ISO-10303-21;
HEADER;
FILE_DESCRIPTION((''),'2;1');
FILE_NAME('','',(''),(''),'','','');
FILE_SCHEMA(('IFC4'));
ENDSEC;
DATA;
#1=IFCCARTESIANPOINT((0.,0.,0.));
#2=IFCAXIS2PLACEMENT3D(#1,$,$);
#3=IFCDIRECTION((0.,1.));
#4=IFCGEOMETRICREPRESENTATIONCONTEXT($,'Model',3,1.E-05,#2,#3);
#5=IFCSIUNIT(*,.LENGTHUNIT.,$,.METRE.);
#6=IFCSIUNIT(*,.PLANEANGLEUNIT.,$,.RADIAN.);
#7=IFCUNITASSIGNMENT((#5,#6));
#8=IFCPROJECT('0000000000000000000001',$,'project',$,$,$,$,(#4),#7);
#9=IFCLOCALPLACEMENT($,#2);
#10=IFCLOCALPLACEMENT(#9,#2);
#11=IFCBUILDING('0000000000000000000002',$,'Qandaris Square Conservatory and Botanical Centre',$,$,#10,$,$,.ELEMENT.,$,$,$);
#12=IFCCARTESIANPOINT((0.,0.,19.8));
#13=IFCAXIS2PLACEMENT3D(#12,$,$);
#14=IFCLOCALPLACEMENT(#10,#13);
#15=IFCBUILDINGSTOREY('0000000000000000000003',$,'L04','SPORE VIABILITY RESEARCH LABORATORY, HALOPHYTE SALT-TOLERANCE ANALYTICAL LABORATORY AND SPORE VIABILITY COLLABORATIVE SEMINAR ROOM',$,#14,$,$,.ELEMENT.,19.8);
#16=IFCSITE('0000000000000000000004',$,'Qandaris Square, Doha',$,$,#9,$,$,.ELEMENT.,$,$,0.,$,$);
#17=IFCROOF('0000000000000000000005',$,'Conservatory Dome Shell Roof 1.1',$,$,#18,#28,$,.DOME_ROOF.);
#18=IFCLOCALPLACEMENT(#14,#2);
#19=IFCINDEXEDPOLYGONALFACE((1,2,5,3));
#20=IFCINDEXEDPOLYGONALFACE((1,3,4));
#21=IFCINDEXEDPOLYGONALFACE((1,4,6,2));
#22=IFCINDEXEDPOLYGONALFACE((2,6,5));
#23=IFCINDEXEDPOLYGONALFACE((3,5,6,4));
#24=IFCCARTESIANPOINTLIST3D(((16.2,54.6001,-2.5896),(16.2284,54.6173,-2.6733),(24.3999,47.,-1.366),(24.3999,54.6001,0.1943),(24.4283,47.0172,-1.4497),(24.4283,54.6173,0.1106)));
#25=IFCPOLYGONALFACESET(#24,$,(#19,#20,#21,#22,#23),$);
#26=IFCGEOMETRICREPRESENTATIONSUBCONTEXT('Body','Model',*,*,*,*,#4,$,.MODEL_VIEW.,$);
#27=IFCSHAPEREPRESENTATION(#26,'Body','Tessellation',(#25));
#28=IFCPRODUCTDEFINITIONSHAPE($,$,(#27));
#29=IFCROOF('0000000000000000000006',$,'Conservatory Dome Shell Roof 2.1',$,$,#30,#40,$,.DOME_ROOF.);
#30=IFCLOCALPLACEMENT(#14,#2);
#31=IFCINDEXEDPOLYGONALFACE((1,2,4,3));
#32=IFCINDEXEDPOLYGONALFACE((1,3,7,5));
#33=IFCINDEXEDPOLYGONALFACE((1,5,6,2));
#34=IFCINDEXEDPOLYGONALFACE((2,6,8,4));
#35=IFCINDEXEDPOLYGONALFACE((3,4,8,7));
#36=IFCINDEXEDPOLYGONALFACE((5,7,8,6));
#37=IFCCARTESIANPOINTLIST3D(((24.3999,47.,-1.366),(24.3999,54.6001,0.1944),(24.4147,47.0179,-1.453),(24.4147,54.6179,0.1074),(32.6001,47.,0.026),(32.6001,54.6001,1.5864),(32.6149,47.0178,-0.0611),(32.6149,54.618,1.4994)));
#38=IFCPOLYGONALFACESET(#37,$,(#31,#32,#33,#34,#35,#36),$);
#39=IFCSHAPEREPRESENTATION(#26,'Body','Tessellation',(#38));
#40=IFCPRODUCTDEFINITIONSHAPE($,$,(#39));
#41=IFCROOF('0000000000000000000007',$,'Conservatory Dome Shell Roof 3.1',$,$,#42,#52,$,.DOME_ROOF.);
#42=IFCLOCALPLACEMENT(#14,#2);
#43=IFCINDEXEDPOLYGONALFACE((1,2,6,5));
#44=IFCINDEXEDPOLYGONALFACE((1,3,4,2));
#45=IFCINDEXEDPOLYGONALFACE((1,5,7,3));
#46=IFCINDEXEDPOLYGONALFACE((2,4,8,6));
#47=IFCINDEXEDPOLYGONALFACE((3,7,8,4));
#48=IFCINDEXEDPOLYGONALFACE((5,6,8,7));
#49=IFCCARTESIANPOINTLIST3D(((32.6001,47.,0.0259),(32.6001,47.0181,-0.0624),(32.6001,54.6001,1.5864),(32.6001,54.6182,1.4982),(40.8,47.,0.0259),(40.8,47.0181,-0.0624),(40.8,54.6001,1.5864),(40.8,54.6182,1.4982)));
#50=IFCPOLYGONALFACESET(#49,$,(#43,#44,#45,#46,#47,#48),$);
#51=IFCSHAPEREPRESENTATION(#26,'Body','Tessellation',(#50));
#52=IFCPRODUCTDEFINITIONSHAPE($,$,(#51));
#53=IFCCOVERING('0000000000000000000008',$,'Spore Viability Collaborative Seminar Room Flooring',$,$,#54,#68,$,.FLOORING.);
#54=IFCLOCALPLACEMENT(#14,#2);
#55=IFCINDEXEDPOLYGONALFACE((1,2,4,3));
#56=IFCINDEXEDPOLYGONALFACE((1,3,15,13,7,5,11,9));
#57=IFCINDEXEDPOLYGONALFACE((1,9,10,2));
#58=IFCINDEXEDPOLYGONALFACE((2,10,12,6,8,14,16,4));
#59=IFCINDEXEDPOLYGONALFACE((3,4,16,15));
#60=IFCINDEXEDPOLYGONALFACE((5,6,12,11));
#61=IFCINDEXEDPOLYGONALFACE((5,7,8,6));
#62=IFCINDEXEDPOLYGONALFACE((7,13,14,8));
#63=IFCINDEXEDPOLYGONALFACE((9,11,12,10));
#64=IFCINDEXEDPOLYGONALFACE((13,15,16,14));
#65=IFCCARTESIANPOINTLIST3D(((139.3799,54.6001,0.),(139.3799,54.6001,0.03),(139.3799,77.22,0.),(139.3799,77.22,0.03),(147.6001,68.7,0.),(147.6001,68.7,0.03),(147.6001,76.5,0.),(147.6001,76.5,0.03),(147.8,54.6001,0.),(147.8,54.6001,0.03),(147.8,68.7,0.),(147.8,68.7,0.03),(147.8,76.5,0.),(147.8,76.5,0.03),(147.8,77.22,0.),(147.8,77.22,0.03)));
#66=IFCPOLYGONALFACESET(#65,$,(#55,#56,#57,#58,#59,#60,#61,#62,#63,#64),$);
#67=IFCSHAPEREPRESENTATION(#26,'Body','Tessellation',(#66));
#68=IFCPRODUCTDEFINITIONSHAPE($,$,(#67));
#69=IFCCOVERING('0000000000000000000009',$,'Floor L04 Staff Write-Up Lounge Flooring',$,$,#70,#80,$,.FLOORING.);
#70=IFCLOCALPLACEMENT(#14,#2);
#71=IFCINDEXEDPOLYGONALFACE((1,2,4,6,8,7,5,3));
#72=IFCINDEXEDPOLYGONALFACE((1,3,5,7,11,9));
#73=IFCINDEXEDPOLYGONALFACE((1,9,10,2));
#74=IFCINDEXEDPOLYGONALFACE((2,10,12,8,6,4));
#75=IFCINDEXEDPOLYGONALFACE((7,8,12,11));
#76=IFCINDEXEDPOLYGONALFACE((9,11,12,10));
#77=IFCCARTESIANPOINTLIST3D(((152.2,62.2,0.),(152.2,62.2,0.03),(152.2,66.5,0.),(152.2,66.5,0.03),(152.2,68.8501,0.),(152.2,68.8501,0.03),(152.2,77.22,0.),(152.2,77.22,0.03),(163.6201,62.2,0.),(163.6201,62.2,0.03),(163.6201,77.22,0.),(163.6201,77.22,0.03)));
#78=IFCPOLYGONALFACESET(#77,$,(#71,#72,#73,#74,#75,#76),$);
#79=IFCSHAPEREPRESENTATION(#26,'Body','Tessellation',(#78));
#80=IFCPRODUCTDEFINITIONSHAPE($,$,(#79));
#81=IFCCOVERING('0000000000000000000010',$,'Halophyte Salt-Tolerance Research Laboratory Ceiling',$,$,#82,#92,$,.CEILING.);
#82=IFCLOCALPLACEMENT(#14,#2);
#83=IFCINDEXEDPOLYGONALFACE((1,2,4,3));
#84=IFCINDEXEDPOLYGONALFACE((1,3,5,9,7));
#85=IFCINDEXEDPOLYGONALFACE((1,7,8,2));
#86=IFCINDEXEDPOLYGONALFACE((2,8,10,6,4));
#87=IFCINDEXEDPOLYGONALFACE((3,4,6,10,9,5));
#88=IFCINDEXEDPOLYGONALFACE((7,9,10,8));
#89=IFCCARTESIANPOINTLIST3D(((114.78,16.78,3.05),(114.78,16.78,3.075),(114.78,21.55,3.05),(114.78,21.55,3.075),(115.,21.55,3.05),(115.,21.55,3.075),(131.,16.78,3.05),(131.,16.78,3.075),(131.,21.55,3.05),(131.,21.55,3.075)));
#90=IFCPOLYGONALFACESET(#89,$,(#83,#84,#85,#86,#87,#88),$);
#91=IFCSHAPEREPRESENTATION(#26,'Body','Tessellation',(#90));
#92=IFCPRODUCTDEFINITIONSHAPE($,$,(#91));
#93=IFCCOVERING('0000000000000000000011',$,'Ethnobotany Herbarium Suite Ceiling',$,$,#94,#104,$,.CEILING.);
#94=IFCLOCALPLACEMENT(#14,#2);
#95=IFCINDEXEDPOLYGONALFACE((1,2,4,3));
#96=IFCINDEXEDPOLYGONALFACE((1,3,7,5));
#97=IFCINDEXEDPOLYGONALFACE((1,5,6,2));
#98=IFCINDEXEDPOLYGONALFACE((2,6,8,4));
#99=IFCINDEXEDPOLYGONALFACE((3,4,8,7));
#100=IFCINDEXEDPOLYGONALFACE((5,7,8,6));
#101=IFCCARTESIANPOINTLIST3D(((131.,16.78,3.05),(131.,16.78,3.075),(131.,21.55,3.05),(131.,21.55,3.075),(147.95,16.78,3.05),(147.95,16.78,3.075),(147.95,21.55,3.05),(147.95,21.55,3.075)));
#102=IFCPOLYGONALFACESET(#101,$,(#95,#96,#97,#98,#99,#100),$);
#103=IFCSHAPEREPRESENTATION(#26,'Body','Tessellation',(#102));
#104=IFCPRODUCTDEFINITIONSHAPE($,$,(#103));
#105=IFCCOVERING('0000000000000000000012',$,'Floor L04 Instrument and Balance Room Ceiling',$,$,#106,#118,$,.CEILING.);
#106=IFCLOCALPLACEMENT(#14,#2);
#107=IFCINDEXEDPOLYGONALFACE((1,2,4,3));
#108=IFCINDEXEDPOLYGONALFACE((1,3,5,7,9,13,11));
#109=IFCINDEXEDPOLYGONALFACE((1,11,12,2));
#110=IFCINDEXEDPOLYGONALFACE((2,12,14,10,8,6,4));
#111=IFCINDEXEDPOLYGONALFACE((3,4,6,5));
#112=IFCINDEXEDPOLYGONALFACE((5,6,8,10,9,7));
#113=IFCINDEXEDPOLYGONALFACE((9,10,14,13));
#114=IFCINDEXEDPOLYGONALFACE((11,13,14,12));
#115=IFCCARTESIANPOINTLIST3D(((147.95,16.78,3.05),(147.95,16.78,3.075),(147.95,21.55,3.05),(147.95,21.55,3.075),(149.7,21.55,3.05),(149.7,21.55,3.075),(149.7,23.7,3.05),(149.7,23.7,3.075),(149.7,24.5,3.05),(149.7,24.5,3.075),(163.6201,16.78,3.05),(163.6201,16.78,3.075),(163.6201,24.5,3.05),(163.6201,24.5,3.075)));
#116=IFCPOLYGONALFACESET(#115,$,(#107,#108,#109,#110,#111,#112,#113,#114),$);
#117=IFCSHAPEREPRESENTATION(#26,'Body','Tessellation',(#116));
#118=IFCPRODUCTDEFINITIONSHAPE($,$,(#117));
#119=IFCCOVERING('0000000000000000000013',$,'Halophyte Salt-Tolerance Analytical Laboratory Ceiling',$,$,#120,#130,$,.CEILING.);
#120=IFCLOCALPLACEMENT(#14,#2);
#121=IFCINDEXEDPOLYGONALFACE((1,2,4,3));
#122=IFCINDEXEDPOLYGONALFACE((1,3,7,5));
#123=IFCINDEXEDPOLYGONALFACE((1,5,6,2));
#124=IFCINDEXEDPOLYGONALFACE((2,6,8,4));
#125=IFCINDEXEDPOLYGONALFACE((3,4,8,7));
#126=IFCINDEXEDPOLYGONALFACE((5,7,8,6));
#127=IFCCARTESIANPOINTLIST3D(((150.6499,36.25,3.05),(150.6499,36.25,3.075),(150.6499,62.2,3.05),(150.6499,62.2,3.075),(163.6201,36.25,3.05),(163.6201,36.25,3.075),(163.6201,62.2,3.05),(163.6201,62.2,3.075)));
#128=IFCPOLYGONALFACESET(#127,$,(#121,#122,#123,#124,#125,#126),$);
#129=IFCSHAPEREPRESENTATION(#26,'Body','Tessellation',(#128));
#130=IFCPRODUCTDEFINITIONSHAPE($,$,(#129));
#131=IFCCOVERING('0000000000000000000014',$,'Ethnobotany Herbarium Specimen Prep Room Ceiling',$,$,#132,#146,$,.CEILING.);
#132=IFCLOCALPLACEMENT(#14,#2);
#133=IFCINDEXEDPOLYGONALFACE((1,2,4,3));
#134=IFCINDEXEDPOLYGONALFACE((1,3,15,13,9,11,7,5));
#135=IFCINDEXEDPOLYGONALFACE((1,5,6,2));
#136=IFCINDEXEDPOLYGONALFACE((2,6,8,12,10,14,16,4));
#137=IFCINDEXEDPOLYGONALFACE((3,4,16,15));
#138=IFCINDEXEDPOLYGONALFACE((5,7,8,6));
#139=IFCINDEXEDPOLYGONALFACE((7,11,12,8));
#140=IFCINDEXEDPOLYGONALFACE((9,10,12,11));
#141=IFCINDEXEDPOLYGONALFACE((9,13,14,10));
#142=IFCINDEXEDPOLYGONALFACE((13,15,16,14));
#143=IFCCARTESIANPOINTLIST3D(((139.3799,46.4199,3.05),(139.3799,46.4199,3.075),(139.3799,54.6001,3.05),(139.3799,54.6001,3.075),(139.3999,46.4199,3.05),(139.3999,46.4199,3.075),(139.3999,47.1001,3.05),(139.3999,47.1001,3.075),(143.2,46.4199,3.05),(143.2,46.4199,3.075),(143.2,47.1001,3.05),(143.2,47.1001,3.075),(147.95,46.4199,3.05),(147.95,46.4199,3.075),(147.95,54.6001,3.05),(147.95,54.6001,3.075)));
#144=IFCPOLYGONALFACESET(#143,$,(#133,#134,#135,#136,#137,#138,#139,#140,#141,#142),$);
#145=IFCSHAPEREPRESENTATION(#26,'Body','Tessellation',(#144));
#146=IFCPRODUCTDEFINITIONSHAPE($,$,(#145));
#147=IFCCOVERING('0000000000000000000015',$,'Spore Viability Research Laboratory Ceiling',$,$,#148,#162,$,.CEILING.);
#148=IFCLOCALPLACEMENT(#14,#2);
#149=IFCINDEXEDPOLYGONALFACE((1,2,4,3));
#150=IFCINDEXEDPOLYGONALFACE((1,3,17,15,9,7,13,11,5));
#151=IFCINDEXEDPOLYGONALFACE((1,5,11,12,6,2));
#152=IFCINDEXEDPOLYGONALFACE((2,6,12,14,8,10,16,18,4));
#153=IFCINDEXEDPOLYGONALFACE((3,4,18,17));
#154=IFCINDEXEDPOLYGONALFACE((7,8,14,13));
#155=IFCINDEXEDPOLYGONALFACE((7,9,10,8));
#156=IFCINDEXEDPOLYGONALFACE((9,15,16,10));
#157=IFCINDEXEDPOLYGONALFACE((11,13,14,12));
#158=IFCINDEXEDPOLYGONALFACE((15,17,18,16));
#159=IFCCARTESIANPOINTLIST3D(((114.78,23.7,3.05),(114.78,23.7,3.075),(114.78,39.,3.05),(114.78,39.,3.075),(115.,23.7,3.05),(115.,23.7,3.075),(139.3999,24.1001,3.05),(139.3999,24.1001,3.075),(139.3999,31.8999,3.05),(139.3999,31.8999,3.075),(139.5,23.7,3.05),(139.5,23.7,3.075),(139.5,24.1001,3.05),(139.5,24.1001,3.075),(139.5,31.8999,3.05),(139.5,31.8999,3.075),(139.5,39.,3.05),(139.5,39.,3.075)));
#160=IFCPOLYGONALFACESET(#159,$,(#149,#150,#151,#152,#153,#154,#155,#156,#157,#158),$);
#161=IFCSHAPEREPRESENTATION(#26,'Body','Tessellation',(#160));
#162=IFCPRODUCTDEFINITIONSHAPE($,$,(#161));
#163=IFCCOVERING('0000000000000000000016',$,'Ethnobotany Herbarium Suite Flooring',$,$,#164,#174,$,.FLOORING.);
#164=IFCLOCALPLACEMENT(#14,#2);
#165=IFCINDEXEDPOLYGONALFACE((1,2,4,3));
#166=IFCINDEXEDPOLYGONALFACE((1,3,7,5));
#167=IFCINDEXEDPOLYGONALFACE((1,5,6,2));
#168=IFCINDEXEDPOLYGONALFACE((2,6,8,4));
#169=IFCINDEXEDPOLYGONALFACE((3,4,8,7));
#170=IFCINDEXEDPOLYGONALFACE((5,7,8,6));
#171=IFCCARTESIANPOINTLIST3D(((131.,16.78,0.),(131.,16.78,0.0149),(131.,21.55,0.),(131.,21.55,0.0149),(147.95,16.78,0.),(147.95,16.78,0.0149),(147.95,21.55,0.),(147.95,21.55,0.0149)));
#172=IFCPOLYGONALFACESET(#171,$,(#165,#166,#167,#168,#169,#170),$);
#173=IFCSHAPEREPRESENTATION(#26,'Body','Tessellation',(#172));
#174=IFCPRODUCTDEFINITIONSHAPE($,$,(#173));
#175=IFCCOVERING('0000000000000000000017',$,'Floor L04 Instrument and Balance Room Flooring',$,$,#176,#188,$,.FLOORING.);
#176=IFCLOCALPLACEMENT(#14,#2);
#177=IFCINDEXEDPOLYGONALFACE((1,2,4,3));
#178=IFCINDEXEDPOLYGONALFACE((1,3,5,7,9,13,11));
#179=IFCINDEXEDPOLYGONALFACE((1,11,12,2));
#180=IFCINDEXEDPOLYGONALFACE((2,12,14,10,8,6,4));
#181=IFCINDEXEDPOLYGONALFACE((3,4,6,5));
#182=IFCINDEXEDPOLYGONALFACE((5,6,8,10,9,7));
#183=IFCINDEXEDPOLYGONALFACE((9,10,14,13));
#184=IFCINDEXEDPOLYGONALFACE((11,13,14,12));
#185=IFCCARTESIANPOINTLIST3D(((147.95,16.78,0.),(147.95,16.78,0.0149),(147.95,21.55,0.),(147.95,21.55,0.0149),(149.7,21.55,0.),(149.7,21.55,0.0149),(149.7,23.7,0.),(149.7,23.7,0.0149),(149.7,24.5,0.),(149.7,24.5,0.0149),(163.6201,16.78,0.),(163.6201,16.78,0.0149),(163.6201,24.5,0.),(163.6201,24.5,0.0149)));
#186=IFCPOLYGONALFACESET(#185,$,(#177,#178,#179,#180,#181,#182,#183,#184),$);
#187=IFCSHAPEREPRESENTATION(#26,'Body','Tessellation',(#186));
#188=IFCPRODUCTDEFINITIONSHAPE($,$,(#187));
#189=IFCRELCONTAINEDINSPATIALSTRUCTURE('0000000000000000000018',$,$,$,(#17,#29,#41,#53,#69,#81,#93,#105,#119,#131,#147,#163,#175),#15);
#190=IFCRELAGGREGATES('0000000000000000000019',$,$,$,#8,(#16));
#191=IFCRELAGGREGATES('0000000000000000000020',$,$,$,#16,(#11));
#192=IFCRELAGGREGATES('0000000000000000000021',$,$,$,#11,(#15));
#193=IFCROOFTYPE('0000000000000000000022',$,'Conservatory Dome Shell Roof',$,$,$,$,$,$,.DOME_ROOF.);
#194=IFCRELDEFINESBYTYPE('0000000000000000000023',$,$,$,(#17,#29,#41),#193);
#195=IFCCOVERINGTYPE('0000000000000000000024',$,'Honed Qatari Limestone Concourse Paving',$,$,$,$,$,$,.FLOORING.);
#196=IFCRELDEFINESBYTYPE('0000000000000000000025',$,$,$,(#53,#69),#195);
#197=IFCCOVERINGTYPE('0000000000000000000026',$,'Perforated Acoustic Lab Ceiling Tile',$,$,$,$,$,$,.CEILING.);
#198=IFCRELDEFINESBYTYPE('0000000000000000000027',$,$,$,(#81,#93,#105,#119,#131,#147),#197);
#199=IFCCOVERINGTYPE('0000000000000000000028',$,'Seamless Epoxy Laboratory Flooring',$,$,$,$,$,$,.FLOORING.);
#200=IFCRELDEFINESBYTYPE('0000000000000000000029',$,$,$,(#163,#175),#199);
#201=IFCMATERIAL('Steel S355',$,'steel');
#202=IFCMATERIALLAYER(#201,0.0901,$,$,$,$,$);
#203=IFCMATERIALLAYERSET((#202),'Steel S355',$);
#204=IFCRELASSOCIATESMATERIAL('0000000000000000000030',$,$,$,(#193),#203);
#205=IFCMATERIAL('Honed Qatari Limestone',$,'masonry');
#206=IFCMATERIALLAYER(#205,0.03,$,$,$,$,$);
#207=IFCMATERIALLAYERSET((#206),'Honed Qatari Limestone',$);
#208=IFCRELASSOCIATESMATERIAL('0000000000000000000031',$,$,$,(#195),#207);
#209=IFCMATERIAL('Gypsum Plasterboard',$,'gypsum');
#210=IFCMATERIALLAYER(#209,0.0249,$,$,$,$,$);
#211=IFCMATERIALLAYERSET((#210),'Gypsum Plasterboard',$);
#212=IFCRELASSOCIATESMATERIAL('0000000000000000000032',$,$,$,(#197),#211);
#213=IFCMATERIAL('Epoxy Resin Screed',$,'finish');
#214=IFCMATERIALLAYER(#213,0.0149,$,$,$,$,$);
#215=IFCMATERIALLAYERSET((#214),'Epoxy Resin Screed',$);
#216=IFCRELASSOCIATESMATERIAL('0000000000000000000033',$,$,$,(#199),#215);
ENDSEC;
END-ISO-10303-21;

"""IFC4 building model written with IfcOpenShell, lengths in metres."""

from ifc_helpers import new_model, si_unit, direction, frame, origin, place, context, subcontext, project, spatial, polyline, outline, extrude, material, layer, layer_set, type_object, element, save


model = new_model("IFC4")

# Units and contexts
model_context = context("Model", 3, precision=1e-05, world=origin(), true_north=direction((0.0, 1.0)))
body_context = subcontext(model_context, "Body", "Model", "MODEL_VIEW")
ifc_project = project(units=[si_unit("LENGTHUNIT", "METRE"), si_unit("PLANEANGLEUNIT", "RADIAN")], contexts=[model_context])

# Site, building, storey
site_placement = place(None, origin())
site = spatial("IfcSite", under=ifc_project, at=site_placement, Name="Qandaris Square, Doha", CompositionType="ELEMENT", RefElevation=0.0)
building_placement = place(site_placement, origin())
building = spatial("IfcBuilding", under=site, at=building_placement, Name="Qandaris Square Conservatory and Botanical Centre", CompositionType="ELEMENT")
storey_placement = place(building_placement, frame((0.0, 0.0, 19.8)))
storey = spatial("IfcBuildingStorey", under=building, at=storey_placement, Name="L04", Description="SPORE VIABILITY RESEARCH LABORATORY, HALOPHYTE SALT-TOLERANCE ANALYTICAL LABORATORY AND SPORE VIABILITY COLLABORATIVE SEMINAR ROOM", CompositionType="ELEMENT", Elevation=19.8)

# Shared definitions
ifc_material_1 = material(Name="Steel S355", Category="steel")

# Roofs
ifc_layer_1 = layer(ifc_material_1, 0.0901)
ifc_layer_set_1 = layer_set([ifc_layer_1], Name="Steel S355")
roof_type = type_object("IfcRoofType", Name="Conservatory Dome Shell Roof", PredefinedType="DOME_ROOF", material=ifc_layer_set_1)
roof_1_placement = place(storey_placement, frame((24.3999, 47.0, -1.366), z_axis=(-0.315576, -0.19083, 0.929514), x_axis=(0.0, 0.979569, 0.201106)))
element("IfcRoof", 1, at=roof_1_placement, inside=storey, type_object=roof_type, Name="Conservatory Dome Shell Roof 1.1", PredefinedType="DOME_ROOF", context=body_context, shape_type="SweptSolid", body=[
    extrude(outline(polyline([(0.0, 0.0), (7.7586, 0.0), (7.1987, 8.6415), (0.0, 0.0)])), origin(), (0.0, 0.0, -1.0), 0.0901),
])
roof_2_placement = place(storey_placement, frame((24.3999, 47.0, -1.366), z_axis=(-0.164027, -0.198397, 0.966299), x_axis=(0.985897, -0.000003, 0.167354)))
element("IfcRoof", 2, at=roof_2_placement, inside=storey, type_object=roof_type, Name="Conservatory Dome Shell Roof 2.1", PredefinedType="DOME_ROOF", context=body_context, shape_type="SweptSolid", body=[
    extrude(outline(polyline([(0.0, 0.0), (8.3175, 0.0), (8.5786, 7.7543), (0.2611, 7.7542), (0.0, 0.0)])), origin(), (0.0, 0.0, -1.0), 0.0901),
])
roof_3_placement = place(storey_placement, frame((32.6001, 47.0, 0.0259), z_axis=(0.0, -0.201136, 0.979563), x_axis=(1.0, 0.0, 0.0)))
element("IfcRoof", 3, at=roof_3_placement, inside=storey, type_object=roof_type, Name="Conservatory Dome Shell Roof 3.1", PredefinedType="DOME_ROOF", context=body_context, shape_type="SweptSolid", body=[
    extrude(outline(polyline([(0.0, 0.0), (8.2, 0.0), (8.2, 7.7587), (0.0, 7.7587), (0.0, 0.0)])), origin(), (0.0, 0.0, -1.0), 0.0901),
])

# Coverings
ifc_material_2 = material(Name="Honed Qatari Limestone", Category="masonry")
ifc_layer_2 = layer(ifc_material_2, 0.03)
ifc_layer_set_2 = layer_set([ifc_layer_2], Name="Honed Qatari Limestone")
covering_type_1 = type_object("IfcCoveringType", Name="Honed Qatari Limestone Concourse Paving", PredefinedType="FLOORING", material=ifc_layer_set_2)
covering_1_placement = place(storey_placement, origin())
element("IfcCovering", 4, at=covering_1_placement, inside=storey, type_object=covering_type_1, Name="Spore Viability Collaborative Seminar Room Flooring", PredefinedType="FLOORING", context=body_context, shape_type="SweptSolid", body=[
    extrude(outline(polyline([(147.8, 76.5), (147.6001, 76.5), (147.6001, 68.7), (147.8, 68.7), (147.8, 54.6001), (139.3799, 54.6001), (139.3799, 77.22), (147.8, 77.22), (147.8, 76.5)])), origin(), (0.0, 0.0, 1.0), 0.03),
])
covering_2_placement = place(storey_placement, origin())
element("IfcCovering", 5, at=covering_2_placement, inside=storey, type_object=covering_type_1, Name="Floor L04 Staff Write-Up Lounge Flooring", PredefinedType="FLOORING", context=body_context, shape_type="SweptSolid", body=[
    extrude(outline(polyline([(152.2, 62.2), (152.2, 66.5), (152.2, 68.8501), (152.2, 77.22), (163.6201, 77.22), (163.6201, 62.2), (152.2, 62.2)])), origin(), (0.0, 0.0, 1.0), 0.03),
])
ifc_material_3 = material(Name="Gypsum Plasterboard", Category="gypsum")
ifc_layer_3 = layer(ifc_material_3, 0.0249)
ifc_layer_set_3 = layer_set([ifc_layer_3], Name="Gypsum Plasterboard")
covering_type_2 = type_object("IfcCoveringType", Name="Perforated Acoustic Lab Ceiling Tile", PredefinedType="CEILING", material=ifc_layer_set_3)
covering_3_placement = place(storey_placement, frame((0.0, 0.0, 3.05)))
element("IfcCovering", 6, at=covering_3_placement, inside=storey, type_object=covering_type_2, Name="Halophyte Salt-Tolerance Research Laboratory Ceiling", PredefinedType="CEILING", context=body_context, shape_type="SweptSolid", body=[
    extrude(outline(polyline([(115.0, 21.55), (131.0, 21.55), (131.0, 16.78), (114.78, 16.78), (114.78, 21.55), (115.0, 21.55)])), origin(), (0.0, 0.0, 1.0), 0.0249),
])
covering_4_placement = place(storey_placement, frame((0.0, 0.0, 3.05)))
element("IfcCovering", 7, at=covering_4_placement, inside=storey, type_object=covering_type_2, Name="Ethnobotany Herbarium Suite Ceiling", PredefinedType="CEILING", context=body_context, shape_type="SweptSolid", body=[
    extrude(outline(polyline([(147.95, 21.55), (147.95, 16.78), (131.0, 16.78), (131.0, 21.55), (147.95, 21.55)])), origin(), (0.0, 0.0, 1.0), 0.0249),
])
covering_5_placement = place(storey_placement, frame((0.0, 0.0, 3.05)))
element("IfcCovering", 8, at=covering_5_placement, inside=storey, type_object=covering_type_2, Name="Floor L04 Instrument and Balance Room Ceiling", PredefinedType="CEILING", context=body_context, shape_type="SweptSolid", body=[
    extrude(outline(polyline([(147.95, 21.55), (149.7, 21.55), (149.7, 23.7), (149.7, 24.5), (163.6201, 24.5), (163.6201, 16.78), (147.95, 16.78), (147.95, 21.55)])), origin(), (0.0, 0.0, 1.0), 0.0249),
])
covering_6_placement = place(storey_placement, frame((0.0, 0.0, 3.05)))
element("IfcCovering", 9, at=covering_6_placement, inside=storey, type_object=covering_type_2, Name="Halophyte Salt-Tolerance Analytical Laboratory Ceiling", PredefinedType="CEILING", context=body_context, shape_type="SweptSolid", body=[
    extrude(outline(polyline([(150.6499, 62.2), (163.6201, 62.2), (163.6201, 36.25), (150.6499, 36.25), (150.6499, 62.2)])), origin(), (0.0, 0.0, 1.0), 0.0249),
])
covering_7_placement = place(storey_placement, frame((0.0, 0.0, 3.05)))
element("IfcCovering", 10, at=covering_7_placement, inside=storey, type_object=covering_type_2, Name="Ethnobotany Herbarium Specimen Prep Room Ceiling", PredefinedType="CEILING", context=body_context, shape_type="SweptSolid", body=[
    extrude(outline(polyline([(147.95, 46.4199), (143.2, 46.4199), (143.2, 47.1001), (139.3999, 47.1001), (139.3999, 46.4199), (139.3799, 46.4199), (139.3799, 54.6001), (147.95, 54.6001), (147.95, 46.4199)])), origin(), (0.0, 0.0, 1.0), 0.0249),
])
covering_8_placement = place(storey_placement, frame((0.0, 0.0, 3.05)))
element("IfcCovering", 11, at=covering_8_placement, inside=storey, type_object=covering_type_2, Name="Spore Viability Research Laboratory Ceiling", PredefinedType="CEILING", context=body_context, shape_type="SweptSolid", body=[
    extrude(outline(polyline([(139.5, 31.8999), (139.3999, 31.8999), (139.3999, 24.1001), (139.5, 24.1001), (139.5, 23.7), (115.0, 23.7), (114.78, 23.7), (114.78, 39.0), (139.5, 39.0), (139.5, 31.8999)])), origin(), (0.0, 0.0, 1.0), 0.0249),
])
ifc_material_4 = material(Name="Epoxy Resin Screed", Category="finish")
ifc_layer_4 = layer(ifc_material_4, 0.0149)
ifc_layer_set_4 = layer_set([ifc_layer_4], Name="Epoxy Resin Screed")
covering_type_3 = type_object("IfcCoveringType", Name="Seamless Epoxy Laboratory Flooring", PredefinedType="FLOORING", material=ifc_layer_set_4)
covering_9_placement = place(storey_placement, origin())
element("IfcCovering", 12, at=covering_9_placement, inside=storey, type_object=covering_type_3, Name="Ethnobotany Herbarium Suite Flooring", PredefinedType="FLOORING", context=body_context, shape_type="SweptSolid", body=[
    extrude(outline(polyline([(147.95, 21.55), (147.95, 16.78), (131.0, 16.78), (131.0, 21.55), (147.95, 21.55)])), origin(), (0.0, 0.0, 1.0), 0.0149),
])
covering_10_placement = place(storey_placement, origin())
element("IfcCovering", 13, at=covering_10_placement, inside=storey, type_object=covering_type_3, Name="Floor L04 Instrument and Balance Room Flooring", PredefinedType="FLOORING", context=body_context, shape_type="SweptSolid", body=[
    extrude(outline(polyline([(147.95, 21.55), (149.7, 21.55), (149.7, 23.7), (149.7, 24.5), (163.6201, 24.5), (163.6201, 16.78), (147.95, 16.78), (147.95, 21.55)])), origin(), (0.0, 0.0, 1.0), 0.0149),
])

save(model, "model.ifc")
